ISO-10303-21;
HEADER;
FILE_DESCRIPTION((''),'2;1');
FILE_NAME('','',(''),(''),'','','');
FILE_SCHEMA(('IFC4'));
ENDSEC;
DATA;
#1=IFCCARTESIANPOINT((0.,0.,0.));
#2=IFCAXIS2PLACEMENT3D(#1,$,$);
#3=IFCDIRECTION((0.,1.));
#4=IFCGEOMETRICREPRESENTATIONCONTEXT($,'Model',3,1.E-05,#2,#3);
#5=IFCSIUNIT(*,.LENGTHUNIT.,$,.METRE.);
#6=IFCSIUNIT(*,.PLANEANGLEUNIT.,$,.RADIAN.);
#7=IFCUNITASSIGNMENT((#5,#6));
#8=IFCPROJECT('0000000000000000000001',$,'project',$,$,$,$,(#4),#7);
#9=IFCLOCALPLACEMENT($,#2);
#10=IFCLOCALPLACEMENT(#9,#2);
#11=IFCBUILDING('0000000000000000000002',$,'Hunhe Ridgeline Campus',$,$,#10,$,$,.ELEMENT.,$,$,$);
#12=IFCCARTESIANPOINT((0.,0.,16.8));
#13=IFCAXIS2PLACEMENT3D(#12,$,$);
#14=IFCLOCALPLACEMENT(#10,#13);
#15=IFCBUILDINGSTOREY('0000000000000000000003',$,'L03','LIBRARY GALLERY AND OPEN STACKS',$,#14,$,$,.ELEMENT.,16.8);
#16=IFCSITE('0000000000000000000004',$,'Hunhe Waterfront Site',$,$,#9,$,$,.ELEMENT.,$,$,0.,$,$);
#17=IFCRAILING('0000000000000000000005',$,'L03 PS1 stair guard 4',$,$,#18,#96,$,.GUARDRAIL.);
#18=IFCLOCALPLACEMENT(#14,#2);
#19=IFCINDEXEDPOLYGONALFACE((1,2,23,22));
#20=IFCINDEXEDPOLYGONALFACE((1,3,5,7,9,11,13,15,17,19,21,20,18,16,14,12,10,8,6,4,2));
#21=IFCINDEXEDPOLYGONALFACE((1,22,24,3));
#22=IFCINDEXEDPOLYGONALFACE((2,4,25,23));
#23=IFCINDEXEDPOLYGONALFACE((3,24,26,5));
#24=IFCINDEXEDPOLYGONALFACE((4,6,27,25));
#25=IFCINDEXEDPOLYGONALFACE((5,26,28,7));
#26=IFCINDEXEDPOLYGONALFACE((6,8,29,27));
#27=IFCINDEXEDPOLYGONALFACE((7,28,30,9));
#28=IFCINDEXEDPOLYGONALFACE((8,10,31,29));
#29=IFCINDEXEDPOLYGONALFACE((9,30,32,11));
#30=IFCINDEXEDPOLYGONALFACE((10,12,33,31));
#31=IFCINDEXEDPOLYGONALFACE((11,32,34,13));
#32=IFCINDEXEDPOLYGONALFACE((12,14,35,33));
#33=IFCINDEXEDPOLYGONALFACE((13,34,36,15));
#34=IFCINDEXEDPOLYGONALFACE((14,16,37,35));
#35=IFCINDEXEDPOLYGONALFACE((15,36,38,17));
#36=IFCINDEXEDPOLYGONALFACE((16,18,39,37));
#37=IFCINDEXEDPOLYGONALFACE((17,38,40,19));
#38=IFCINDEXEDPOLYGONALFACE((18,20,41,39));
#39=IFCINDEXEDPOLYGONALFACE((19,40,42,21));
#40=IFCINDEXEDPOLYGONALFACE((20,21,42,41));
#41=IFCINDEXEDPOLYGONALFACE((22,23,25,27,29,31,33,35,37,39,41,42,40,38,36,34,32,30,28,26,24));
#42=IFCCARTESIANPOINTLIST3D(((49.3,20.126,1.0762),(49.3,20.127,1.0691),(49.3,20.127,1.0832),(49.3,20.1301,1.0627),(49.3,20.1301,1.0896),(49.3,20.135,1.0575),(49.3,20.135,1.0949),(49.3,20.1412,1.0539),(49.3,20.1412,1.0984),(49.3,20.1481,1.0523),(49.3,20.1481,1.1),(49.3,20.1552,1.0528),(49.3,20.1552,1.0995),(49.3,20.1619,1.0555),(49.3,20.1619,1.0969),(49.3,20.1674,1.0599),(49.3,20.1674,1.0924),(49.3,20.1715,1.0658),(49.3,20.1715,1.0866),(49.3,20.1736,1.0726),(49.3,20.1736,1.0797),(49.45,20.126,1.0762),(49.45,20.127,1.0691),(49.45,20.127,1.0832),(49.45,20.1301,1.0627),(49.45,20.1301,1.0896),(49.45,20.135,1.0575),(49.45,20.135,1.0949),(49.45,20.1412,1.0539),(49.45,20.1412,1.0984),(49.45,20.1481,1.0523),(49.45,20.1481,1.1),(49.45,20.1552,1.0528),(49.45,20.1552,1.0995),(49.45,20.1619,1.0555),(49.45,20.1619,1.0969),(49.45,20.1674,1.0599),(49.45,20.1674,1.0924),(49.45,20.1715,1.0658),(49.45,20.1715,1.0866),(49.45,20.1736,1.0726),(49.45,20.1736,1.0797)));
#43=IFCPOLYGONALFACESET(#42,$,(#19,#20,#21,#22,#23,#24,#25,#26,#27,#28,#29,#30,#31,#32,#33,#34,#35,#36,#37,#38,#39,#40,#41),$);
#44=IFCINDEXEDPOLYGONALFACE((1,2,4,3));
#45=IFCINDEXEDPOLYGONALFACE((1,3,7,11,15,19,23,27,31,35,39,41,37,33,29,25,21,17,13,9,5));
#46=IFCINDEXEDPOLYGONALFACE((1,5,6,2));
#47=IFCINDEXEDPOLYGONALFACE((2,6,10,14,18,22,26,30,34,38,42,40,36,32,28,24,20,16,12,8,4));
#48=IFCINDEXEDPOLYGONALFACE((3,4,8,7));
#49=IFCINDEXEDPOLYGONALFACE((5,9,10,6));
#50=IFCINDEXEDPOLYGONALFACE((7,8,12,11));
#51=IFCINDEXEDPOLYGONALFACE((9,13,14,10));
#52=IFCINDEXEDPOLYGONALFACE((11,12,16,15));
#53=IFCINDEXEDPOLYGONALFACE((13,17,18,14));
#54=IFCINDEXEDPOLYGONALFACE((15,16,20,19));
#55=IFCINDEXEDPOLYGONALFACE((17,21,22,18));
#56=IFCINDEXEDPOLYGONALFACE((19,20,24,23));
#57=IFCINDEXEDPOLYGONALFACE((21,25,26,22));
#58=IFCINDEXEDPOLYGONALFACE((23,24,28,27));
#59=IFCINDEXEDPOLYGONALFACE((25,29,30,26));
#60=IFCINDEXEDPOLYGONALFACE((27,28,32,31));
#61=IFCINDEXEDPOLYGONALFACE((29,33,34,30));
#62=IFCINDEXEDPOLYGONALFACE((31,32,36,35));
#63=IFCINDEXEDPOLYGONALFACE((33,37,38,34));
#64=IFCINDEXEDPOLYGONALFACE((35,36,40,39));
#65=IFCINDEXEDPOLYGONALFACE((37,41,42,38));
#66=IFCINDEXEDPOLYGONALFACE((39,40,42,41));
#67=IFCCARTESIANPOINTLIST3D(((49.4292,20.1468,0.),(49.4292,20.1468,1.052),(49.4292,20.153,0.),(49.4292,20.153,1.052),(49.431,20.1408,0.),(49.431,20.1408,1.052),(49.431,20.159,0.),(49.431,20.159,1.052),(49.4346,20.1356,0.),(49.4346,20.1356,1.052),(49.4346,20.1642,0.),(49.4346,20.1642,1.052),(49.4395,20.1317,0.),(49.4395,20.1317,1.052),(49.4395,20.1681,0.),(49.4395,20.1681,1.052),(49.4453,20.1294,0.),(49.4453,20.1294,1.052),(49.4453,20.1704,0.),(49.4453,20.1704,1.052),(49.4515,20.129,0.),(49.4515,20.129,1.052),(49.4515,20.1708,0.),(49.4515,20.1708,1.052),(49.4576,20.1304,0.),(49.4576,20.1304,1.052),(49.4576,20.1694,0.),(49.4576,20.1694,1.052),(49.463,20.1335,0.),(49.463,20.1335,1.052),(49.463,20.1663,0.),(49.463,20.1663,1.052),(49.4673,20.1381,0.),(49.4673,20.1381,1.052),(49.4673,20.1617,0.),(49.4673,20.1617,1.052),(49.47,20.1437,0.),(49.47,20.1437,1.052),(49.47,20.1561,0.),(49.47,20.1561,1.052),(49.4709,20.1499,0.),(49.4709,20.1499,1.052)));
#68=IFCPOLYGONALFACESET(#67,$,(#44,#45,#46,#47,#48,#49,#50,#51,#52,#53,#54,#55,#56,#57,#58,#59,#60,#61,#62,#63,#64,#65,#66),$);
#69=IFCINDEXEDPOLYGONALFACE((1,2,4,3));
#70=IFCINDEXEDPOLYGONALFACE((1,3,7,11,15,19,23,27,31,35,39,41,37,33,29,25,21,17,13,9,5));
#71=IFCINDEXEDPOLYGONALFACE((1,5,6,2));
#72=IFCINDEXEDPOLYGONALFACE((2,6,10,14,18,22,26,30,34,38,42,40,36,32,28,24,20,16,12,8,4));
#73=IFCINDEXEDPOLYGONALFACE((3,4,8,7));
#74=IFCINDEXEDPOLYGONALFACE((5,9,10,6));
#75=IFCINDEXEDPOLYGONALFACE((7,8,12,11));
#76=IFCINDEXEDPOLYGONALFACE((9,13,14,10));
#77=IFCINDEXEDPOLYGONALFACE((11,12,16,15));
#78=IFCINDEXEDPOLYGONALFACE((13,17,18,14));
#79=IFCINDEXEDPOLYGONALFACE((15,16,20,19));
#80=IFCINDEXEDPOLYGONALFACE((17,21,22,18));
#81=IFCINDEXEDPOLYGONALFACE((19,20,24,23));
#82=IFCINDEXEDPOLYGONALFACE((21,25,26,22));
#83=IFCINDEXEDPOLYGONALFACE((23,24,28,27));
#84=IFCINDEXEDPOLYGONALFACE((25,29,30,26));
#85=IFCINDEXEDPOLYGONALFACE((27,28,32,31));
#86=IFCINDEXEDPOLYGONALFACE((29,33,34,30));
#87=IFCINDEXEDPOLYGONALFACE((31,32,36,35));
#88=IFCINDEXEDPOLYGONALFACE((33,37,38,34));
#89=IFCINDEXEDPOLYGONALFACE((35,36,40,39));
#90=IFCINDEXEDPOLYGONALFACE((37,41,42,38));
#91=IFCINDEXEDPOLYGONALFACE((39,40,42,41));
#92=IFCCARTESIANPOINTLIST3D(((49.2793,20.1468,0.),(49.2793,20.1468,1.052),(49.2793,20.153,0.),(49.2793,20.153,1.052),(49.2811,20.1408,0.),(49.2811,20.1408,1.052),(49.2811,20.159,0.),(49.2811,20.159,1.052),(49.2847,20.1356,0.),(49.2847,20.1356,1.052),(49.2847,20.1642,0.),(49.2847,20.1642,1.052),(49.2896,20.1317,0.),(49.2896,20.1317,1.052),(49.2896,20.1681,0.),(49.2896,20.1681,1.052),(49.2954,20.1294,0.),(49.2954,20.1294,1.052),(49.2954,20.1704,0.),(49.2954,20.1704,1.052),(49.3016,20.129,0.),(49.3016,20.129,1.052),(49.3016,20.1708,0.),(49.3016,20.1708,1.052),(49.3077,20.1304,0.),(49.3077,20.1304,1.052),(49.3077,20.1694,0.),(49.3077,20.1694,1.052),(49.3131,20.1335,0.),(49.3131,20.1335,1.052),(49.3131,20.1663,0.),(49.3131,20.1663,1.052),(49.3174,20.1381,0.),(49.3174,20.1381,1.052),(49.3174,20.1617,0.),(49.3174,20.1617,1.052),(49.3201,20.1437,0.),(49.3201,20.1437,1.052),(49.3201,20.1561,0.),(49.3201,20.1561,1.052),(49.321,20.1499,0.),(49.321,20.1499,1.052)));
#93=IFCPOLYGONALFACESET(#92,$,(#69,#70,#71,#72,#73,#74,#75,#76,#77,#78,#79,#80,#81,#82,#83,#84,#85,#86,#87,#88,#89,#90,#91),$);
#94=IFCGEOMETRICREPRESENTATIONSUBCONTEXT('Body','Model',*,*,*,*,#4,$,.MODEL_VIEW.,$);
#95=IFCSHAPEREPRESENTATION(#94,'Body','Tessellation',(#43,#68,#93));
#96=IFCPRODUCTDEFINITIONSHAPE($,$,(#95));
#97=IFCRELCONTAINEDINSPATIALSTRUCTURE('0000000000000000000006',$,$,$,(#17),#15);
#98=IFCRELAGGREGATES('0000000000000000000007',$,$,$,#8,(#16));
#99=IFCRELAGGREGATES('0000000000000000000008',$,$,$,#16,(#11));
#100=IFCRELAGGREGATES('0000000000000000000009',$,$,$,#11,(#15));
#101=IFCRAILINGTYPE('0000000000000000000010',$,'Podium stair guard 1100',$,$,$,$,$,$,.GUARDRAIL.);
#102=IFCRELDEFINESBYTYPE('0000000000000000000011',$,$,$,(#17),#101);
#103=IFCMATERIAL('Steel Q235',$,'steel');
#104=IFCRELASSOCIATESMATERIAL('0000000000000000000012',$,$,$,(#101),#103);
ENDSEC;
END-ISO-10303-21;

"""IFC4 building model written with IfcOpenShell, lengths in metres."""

from ifc_helpers import new_model, si_unit, direction, frame, origin, origin_2d, place, context, subcontext, project, spatial, circle, extrude, material, type_object, element, save


model = new_model("IFC4")

# Units and contexts
model_context = context("Model", 3, precision=1e-05, world=origin(), true_north=direction((0.0, 1.0)))
body_context = subcontext(model_context, "Body", "Model", "MODEL_VIEW")
ifc_project = project(units=[si_unit("LENGTHUNIT", "METRE"), si_unit("PLANEANGLEUNIT", "RADIAN")], contexts=[model_context])

# Site, building, storey
site_placement = place(None, origin())
site = spatial("IfcSite", under=ifc_project, at=site_placement, Name="Hunhe Waterfront Site", CompositionType="ELEMENT", RefElevation=0.0)
building_placement = place(site_placement, origin())
building = spatial("IfcBuilding", under=site, at=building_placement, Name="Hunhe Ridgeline Campus", CompositionType="ELEMENT")
storey_placement = place(building_placement, frame((0.0, 0.0, 16.8)))
storey = spatial("IfcBuildingStorey", under=building, at=storey_placement, Name="L03", Description="LIBRARY GALLERY AND OPEN STACKS", CompositionType="ELEMENT", Elevation=16.8)

# Shared definitions
ifc_material_1 = material(Name="Steel Q235", Category="steel")

# Railing
railing_type_1 = type_object("IfcRailingType", Name="Podium stair guard 1100", PredefinedType="GUARDRAIL", material=ifc_material_1)
railing_1_placement = place(storey_placement, frame((49.45, 20.1499, 0.0)))
element("IfcRailing", 1, at=railing_1_placement, inside=storey, type_object=railing_type_1, Name="L03 PS1 stair guard 4", PredefinedType="GUARDRAIL", context=body_context, shape_type="SweptSolid", body=[
    extrude(circle(Radius=0.0239, at=origin_2d()), frame((0.0, 0.0, 1.0762), z_axis=(-1.0, 0.0, 0.0), x_axis=(0.0, -1.0, 0.0)), (0.0, 0.0, 1.0), 0.1499),
    extrude(circle(Radius=0.021, at=origin_2d()), origin(), (0.0, 0.0, 1.0), 1.052),
    extrude(circle(Radius=0.021, at=origin_2d()), frame((-0.1499, 0.0, 0.0)), (0.0, 0.0, 1.0), 1.052),
])

save(model, "model.ifc")
